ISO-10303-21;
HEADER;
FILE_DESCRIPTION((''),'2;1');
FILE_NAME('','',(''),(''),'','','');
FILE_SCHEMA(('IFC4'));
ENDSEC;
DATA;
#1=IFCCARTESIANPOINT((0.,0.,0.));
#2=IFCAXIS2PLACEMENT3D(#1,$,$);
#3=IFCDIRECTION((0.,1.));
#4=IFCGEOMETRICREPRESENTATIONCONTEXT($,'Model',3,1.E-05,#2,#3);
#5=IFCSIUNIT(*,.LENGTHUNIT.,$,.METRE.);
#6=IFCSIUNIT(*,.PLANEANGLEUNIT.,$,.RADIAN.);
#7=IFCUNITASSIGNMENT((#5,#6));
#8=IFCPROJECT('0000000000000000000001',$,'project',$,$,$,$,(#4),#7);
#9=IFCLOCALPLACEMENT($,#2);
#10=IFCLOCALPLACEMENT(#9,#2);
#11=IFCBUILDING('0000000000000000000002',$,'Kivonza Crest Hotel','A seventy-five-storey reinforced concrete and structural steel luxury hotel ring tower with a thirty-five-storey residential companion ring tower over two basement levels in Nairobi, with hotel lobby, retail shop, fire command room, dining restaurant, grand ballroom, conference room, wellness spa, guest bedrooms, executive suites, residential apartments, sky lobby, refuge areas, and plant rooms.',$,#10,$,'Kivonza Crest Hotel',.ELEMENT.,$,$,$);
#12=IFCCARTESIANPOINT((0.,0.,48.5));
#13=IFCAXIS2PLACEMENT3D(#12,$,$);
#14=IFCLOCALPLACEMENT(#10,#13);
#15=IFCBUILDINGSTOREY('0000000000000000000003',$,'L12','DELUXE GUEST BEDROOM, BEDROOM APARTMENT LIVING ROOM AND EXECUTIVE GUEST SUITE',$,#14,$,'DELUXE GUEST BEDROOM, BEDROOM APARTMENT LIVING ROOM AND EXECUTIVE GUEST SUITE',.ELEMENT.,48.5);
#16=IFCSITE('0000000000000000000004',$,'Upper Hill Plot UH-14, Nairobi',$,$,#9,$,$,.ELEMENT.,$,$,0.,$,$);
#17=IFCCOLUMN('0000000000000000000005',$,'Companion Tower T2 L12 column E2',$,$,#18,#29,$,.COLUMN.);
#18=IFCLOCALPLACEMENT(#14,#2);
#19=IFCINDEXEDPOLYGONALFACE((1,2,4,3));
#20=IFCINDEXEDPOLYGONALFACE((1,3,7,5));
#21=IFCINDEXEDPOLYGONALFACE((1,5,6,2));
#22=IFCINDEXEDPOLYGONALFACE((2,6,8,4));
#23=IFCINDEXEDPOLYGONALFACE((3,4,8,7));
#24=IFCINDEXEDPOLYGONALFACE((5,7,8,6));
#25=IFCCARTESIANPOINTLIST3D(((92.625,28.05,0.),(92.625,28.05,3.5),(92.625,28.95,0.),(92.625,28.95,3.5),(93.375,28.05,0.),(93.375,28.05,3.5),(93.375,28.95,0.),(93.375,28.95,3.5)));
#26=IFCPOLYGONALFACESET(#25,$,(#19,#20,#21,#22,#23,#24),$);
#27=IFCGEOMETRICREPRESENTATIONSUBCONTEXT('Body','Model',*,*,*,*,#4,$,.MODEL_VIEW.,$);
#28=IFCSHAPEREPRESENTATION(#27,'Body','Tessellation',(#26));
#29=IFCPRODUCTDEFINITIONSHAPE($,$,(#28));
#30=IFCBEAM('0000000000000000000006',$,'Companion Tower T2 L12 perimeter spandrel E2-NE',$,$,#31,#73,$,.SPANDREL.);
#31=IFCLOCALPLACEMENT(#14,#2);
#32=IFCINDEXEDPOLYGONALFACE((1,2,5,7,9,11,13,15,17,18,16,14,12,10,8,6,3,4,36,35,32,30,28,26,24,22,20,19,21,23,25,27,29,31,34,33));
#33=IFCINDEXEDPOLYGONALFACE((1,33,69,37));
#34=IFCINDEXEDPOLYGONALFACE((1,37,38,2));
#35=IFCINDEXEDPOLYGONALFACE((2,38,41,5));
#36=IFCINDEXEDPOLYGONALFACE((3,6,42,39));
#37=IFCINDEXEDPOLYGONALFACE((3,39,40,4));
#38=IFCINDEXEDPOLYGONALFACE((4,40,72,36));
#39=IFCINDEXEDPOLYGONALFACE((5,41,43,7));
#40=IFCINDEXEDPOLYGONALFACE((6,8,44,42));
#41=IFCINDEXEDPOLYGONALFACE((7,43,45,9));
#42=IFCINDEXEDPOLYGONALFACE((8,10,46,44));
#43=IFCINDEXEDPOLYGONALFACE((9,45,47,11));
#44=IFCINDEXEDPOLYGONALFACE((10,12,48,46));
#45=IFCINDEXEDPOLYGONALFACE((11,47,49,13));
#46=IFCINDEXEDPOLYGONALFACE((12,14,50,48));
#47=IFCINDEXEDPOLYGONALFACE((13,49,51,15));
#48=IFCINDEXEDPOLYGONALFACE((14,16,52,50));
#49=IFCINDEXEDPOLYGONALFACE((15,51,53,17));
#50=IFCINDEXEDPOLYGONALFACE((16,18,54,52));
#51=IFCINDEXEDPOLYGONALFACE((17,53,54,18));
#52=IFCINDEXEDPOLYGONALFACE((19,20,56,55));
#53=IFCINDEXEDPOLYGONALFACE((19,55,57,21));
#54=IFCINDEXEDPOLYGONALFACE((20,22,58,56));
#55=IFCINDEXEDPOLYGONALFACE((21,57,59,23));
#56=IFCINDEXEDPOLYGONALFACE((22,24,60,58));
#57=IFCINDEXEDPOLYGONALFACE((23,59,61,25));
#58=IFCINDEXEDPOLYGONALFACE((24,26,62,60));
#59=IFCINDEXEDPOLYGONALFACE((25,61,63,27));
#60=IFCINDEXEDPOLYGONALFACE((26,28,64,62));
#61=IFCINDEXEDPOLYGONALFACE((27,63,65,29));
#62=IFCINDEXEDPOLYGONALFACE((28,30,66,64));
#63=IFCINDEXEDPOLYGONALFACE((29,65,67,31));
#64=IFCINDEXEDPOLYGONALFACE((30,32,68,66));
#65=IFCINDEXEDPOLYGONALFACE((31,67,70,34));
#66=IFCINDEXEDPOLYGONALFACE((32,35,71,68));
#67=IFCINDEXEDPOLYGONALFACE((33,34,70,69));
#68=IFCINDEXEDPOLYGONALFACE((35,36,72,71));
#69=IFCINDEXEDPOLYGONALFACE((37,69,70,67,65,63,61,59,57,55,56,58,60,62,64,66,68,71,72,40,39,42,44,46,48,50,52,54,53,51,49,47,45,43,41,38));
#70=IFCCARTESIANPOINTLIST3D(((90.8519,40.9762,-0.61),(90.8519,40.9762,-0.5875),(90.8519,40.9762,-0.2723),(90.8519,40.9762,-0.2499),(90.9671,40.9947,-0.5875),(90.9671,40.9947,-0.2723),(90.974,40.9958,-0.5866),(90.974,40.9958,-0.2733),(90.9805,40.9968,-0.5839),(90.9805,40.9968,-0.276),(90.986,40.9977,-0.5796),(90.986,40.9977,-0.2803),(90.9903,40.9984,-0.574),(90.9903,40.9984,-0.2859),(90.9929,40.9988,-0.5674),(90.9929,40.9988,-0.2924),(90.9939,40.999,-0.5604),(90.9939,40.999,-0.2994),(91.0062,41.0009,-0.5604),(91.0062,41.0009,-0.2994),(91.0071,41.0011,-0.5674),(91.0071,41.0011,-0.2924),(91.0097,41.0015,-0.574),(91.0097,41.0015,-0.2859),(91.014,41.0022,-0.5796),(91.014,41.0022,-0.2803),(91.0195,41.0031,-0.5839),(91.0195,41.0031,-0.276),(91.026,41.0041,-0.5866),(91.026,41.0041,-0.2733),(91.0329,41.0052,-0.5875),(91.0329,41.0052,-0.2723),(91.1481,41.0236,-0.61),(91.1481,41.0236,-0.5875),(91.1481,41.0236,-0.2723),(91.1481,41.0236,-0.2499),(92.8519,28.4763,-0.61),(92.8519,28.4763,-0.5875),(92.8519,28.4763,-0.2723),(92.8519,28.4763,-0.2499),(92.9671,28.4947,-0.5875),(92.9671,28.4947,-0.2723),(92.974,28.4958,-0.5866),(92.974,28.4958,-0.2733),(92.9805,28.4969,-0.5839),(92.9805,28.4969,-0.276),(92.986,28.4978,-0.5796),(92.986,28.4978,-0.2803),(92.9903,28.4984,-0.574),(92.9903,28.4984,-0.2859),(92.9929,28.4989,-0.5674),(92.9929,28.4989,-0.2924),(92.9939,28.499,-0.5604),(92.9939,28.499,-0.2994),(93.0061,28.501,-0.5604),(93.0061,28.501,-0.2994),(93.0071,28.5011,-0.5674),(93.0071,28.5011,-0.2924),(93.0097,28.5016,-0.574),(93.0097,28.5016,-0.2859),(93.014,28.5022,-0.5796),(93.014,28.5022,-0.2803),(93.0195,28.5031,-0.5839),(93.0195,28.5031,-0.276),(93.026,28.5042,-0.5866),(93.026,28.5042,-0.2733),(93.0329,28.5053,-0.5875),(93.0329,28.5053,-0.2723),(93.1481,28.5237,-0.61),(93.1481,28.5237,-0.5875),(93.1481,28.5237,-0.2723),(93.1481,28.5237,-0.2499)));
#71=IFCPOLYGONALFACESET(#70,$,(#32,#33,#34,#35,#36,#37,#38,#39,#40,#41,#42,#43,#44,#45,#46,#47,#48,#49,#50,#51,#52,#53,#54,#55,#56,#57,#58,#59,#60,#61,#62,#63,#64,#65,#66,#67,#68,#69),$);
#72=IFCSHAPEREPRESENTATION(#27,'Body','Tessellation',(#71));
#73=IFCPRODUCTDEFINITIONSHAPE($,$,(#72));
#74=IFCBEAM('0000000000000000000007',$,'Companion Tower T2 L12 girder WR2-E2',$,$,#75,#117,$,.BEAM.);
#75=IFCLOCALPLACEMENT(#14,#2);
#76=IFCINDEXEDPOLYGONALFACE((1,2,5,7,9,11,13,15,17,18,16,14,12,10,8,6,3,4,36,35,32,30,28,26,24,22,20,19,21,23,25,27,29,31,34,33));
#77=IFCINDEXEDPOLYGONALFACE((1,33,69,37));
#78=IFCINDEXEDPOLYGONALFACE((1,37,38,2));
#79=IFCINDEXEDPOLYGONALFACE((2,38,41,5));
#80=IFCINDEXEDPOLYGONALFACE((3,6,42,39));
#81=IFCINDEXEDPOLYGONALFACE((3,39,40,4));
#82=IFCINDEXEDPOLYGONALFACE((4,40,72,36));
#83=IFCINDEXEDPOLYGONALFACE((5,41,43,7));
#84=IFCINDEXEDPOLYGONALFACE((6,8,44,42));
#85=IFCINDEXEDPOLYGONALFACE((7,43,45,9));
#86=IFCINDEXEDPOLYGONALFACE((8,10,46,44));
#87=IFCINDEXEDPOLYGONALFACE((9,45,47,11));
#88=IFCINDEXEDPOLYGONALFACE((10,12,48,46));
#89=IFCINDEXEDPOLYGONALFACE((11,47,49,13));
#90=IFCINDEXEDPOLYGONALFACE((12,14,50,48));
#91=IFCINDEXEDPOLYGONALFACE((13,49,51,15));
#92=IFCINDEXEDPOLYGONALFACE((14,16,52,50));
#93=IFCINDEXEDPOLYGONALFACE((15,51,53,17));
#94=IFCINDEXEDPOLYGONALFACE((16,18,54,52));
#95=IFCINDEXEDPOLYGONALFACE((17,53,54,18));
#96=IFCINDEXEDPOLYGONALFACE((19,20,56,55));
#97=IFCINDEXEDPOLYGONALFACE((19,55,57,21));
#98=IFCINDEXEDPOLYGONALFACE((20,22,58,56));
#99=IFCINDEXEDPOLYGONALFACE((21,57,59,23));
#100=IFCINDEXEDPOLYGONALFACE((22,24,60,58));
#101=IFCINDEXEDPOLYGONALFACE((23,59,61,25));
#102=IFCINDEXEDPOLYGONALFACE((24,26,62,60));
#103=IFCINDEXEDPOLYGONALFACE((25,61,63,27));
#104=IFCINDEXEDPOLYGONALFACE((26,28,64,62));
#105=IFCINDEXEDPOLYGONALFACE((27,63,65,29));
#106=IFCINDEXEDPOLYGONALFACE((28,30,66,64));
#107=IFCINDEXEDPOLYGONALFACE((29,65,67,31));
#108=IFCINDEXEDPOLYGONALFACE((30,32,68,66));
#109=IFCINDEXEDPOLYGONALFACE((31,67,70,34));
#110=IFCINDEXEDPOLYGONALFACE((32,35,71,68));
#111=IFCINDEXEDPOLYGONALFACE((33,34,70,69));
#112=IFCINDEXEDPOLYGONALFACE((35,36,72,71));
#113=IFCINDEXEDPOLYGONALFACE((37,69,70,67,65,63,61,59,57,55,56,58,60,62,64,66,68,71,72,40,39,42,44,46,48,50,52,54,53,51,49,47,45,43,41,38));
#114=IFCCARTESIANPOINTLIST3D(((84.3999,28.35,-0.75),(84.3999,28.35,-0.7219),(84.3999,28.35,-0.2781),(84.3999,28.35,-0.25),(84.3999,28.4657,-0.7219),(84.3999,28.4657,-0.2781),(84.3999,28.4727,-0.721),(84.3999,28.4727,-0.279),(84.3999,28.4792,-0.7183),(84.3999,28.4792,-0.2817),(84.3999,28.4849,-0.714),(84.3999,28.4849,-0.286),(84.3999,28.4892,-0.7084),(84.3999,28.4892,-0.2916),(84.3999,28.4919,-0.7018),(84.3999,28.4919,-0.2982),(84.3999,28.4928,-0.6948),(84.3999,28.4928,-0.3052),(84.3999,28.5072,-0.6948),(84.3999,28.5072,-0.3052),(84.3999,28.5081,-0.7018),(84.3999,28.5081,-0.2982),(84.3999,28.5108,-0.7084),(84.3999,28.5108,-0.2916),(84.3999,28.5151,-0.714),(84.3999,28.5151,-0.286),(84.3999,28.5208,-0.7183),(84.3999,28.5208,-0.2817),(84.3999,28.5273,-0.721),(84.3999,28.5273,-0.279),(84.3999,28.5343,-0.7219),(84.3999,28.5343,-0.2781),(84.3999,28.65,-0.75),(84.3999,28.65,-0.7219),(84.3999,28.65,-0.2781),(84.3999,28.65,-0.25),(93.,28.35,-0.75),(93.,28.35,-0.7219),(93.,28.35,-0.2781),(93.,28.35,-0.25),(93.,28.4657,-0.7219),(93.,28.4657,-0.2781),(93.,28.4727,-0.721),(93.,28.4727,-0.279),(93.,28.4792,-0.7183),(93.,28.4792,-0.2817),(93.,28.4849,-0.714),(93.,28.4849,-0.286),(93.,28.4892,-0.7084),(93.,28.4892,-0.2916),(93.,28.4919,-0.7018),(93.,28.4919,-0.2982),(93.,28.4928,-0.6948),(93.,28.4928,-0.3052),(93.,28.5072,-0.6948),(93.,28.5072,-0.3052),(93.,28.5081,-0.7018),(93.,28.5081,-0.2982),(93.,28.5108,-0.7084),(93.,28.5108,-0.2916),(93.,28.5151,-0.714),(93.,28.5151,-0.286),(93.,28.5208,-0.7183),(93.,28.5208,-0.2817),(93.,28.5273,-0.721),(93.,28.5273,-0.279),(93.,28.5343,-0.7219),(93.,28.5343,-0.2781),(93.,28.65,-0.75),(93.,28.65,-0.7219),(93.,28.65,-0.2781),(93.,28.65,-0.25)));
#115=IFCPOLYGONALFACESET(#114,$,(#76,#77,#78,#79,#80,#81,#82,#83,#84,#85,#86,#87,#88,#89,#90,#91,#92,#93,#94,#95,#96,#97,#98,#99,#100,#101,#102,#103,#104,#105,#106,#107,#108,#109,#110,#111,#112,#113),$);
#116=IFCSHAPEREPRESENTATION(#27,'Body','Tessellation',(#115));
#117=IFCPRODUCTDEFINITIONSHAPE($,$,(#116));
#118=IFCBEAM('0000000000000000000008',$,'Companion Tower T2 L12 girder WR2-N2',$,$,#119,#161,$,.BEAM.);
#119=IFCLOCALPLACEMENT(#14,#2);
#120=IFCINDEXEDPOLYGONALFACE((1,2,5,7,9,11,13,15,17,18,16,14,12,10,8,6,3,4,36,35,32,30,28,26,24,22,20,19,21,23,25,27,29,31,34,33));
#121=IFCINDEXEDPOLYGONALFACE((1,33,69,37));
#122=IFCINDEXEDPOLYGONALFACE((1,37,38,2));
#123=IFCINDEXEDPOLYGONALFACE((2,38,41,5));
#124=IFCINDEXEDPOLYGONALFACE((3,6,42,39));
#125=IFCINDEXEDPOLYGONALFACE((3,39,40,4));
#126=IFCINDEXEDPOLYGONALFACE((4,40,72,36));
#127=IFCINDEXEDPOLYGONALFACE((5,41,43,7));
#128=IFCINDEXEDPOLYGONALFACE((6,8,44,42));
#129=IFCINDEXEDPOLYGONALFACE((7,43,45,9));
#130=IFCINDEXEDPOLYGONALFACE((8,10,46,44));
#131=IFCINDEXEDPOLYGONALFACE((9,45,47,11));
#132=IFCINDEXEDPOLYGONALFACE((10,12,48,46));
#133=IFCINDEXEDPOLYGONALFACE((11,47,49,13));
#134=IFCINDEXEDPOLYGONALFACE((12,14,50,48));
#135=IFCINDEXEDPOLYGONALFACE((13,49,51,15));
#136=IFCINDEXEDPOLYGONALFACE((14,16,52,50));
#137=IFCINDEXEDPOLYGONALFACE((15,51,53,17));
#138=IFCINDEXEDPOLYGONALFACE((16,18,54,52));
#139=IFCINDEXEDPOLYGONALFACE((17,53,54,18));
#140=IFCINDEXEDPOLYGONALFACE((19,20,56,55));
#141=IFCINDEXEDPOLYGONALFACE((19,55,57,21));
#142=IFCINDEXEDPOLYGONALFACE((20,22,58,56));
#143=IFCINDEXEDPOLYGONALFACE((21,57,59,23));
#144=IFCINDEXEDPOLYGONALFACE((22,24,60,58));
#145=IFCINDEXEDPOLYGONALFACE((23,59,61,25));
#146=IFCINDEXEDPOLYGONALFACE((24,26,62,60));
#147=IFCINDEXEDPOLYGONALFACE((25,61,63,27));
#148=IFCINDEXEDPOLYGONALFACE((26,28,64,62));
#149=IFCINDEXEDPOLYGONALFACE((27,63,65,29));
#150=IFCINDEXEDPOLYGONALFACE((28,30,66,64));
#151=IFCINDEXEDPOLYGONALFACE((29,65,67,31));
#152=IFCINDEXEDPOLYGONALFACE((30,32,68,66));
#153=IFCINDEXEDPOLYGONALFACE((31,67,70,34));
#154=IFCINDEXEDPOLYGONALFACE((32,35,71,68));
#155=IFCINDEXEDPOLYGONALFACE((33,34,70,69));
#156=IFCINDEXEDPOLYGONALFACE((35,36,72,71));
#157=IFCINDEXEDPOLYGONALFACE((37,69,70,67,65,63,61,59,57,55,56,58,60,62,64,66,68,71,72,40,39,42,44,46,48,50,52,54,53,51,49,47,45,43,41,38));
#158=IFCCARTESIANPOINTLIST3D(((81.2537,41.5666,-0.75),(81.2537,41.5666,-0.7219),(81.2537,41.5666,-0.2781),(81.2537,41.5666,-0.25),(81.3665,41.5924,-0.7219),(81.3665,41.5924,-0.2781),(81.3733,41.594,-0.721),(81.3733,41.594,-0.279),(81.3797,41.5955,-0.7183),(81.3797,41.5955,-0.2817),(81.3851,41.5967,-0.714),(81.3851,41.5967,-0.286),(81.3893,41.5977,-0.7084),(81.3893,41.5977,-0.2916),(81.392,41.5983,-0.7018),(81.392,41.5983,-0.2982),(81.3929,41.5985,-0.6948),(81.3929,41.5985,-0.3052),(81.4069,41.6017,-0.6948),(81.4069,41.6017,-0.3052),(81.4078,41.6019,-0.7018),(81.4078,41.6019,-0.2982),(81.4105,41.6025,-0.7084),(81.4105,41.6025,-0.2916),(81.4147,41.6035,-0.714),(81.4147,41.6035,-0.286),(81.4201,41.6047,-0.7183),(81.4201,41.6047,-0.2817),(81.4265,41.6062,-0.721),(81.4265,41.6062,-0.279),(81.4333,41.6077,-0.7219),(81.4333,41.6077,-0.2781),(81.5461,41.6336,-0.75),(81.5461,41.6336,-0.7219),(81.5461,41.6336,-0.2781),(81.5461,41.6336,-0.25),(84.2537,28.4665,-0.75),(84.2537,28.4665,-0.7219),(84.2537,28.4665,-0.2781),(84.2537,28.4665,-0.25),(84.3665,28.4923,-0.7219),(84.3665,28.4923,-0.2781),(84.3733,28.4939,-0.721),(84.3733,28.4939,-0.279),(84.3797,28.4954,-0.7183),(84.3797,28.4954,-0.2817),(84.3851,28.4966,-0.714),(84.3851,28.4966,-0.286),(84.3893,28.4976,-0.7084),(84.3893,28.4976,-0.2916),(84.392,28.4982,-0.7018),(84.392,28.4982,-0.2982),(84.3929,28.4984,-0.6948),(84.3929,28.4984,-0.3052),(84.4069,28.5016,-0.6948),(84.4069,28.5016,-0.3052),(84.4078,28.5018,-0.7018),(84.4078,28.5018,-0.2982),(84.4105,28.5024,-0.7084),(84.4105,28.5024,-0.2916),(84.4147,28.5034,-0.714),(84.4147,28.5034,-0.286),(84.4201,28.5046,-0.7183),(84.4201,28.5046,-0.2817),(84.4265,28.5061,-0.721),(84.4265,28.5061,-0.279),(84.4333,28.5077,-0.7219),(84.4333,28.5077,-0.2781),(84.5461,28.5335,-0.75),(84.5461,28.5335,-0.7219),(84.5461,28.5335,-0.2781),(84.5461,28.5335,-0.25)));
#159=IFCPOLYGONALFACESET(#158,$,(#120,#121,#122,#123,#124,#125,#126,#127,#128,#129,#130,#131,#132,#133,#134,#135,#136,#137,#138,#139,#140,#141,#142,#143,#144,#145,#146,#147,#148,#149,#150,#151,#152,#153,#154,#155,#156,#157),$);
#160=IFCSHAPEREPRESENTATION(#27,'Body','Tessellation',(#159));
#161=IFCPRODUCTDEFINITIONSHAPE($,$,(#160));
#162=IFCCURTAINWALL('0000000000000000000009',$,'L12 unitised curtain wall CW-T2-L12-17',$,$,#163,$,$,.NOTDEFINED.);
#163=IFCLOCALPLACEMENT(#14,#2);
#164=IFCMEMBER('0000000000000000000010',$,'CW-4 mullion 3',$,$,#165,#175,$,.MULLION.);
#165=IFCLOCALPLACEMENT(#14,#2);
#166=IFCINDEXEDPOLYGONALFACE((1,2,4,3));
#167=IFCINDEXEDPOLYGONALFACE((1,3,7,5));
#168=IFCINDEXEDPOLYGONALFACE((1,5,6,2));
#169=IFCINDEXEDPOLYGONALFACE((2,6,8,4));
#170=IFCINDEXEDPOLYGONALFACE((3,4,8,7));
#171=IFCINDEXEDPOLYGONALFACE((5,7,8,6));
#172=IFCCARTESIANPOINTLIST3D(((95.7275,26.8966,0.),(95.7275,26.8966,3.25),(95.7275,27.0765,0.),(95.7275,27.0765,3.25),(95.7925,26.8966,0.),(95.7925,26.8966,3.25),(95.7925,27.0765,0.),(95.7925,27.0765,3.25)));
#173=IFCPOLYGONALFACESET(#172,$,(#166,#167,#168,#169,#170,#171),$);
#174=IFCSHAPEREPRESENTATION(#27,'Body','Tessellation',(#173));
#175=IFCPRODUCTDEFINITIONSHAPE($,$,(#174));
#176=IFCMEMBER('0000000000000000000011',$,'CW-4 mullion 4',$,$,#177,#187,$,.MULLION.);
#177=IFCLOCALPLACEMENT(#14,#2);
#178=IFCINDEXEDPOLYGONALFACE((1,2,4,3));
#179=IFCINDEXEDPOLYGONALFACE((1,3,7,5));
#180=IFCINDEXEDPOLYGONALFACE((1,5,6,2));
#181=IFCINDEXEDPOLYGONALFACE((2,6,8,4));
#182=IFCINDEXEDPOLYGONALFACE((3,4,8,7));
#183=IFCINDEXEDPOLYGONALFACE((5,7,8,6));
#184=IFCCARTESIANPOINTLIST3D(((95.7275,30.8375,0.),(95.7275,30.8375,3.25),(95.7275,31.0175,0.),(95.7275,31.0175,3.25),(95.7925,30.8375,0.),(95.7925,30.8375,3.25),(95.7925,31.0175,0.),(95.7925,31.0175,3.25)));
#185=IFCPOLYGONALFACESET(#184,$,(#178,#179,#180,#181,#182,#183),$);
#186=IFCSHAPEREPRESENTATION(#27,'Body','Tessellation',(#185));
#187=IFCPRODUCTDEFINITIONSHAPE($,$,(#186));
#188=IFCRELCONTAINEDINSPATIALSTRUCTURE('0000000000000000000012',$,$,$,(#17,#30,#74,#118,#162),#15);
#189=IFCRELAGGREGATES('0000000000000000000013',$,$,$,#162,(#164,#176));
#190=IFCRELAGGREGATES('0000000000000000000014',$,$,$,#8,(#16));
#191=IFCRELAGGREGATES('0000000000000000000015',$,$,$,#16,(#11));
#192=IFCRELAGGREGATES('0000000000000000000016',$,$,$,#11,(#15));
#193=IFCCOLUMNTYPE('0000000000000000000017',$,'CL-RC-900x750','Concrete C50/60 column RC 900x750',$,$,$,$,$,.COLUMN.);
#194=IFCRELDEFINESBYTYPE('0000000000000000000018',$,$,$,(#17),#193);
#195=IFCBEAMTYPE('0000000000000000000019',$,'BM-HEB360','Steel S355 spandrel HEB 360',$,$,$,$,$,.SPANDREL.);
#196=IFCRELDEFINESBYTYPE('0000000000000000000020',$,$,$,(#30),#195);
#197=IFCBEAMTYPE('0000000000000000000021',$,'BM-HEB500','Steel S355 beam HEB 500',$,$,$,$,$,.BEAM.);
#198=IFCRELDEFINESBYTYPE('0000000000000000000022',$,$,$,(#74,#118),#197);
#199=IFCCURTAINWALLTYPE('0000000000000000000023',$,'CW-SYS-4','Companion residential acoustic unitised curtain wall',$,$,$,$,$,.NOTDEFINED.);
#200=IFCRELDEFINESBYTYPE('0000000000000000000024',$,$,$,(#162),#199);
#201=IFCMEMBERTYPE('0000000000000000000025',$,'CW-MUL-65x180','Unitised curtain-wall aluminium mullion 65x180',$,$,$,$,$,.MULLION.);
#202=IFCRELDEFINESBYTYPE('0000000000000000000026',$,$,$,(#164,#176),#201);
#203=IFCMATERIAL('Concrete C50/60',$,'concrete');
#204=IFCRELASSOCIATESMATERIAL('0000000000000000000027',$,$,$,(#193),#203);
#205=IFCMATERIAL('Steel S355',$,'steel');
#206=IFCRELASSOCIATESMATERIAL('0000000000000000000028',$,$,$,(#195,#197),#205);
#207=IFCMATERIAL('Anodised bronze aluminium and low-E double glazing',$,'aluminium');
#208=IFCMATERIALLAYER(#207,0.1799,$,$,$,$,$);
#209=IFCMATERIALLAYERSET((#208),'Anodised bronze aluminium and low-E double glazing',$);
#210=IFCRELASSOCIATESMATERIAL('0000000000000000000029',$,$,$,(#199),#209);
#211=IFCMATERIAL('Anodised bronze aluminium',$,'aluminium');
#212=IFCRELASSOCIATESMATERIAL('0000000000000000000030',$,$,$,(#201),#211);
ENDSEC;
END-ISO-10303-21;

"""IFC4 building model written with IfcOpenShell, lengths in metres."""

from ifc_helpers import new_model, si_unit, direction, frame, origin, origin_2d, place, context, subcontext, project, spatial, rectangle, i_section, extrude, material, layer, layer_set, material_profile, profile_set, type_object, element, aggregate, save


model = new_model("IFC4")

# Units and contexts
model_context = context("Model", 3, precision=1e-05, world=origin(), true_north=direction((0.0, 1.0)))
body_context = subcontext(model_context, "Body", "Model", "MODEL_VIEW")
ifc_project = project(units=[si_unit("LENGTHUNIT", "METRE"), si_unit("PLANEANGLEUNIT", "RADIAN")], contexts=[model_context])

# Site, building, storey
site_placement = place(None, origin())
site = spatial("IfcSite", under=ifc_project, at=site_placement, Name="Upper Hill Plot UH-14, Nairobi", CompositionType="ELEMENT", RefElevation=0.0)
building_placement = place(site_placement, origin())
building = spatial("IfcBuilding", under=site, at=building_placement, Name="Kivonza Crest Hotel", Description="A seventy-five-storey reinforced concrete and structural steel luxury hotel ring tower with a thirty-five-storey residential companion ring tower over two basement levels in Nairobi, with hotel lobby, retail shop, fire command room, dining restaurant, grand ballroom, conference room, wellness spa, guest bedrooms, executive suites, residential apartments, sky lobby, refuge areas, and plant rooms.", LongName="Kivonza Crest Hotel", CompositionType="ELEMENT")
storey_placement = place(building_placement, frame((0.0, 0.0, 48.5)))
storey = spatial("IfcBuildingStorey", under=building, at=storey_placement, Name="L12", Description="DELUXE GUEST BEDROOM, BEDROOM APARTMENT LIVING ROOM AND EXECUTIVE GUEST SUITE", LongName="DELUXE GUEST BEDROOM, BEDROOM APARTMENT LIVING ROOM AND EXECUTIVE GUEST SUITE", CompositionType="ELEMENT", Elevation=48.5)

# Column
ifc_material_1 = material(Name="Concrete C50/60", Category="concrete")
ifc_material_profile_1 = material_profile(ifc_material_1, rectangle(XDim=0.75, YDim=0.8999, at=origin_2d()), Name="RC 900x750")
ifc_profile_set_1 = profile_set([ifc_material_profile_1], Name="Concrete C50/60")
column_type = type_object("IfcColumnType", Name="CL-RC-900x750", Description="Concrete C50/60 column RC 900x750", PredefinedType="COLUMN", material=ifc_profile_set_1)
column_placement = place(storey_placement, frame((93.0, 28.5, 0.0), z_axis=(0.0, 0.0, 1.0), x_axis=(1.0, 0.0, 0.0)))
element("IfcColumn", 1, at=column_placement, inside=storey, type_object=column_type, Name="Companion Tower T2 L12 column E2", PredefinedType="COLUMN", context=body_context, shape_type="SweptSolid", body=[
    extrude(rectangle(XDim=0.75, YDim=0.8999, at=origin_2d()), origin(), (0.0, 0.0, 1.0), 3.5),
])

# Beams
ifc_material_2 = material(Name="Steel S355", Category="steel")
ifc_material_profile_2 = material_profile(ifc_material_2, i_section(OverallWidth=0.3, OverallDepth=0.3601, WebThickness=0.0125, FlangeThickness=0.0225, FilletRadius=0.0271, at=origin_2d()), Name="HEB 360")
ifc_profile_set_2 = profile_set([ifc_material_profile_2], Name="Steel S355")
beam_type_1 = type_object("IfcBeamType", Name="BM-HEB360", Description="Steel S355 spandrel HEB 360", PredefinedType="SPANDREL", material=ifc_profile_set_2)
beam_1_placement = place(storey_placement, frame((93.0, 28.5, -0.4299), z_axis=(-0.157991, 0.987441, 0.0), x_axis=(-0.987441, -0.157991, 0.0)))
element("IfcBeam", 2, at=beam_1_placement, inside=storey, type_object=beam_type_1, Name="Companion Tower T2 L12 perimeter spandrel E2-NE", PredefinedType="SPANDREL", context=body_context, shape_type="SweptSolid", body=[
    extrude(i_section(OverallWidth=0.3, OverallDepth=0.3601, WebThickness=0.0125, FlangeThickness=0.0225, FilletRadius=0.0271, at=origin_2d()), origin(), (0.0, 0.0, 1.0), 12.6589),
])
ifc_material_profile_3 = material_profile(ifc_material_2, i_section(OverallWidth=0.3, OverallDepth=0.5, WebThickness=0.0144, FlangeThickness=0.0281, FilletRadius=0.0271, at=origin_2d()), Name="HEB 500")
ifc_profile_set_3 = profile_set([ifc_material_profile_3], Name="Steel S355")
beam_type_2 = type_object("IfcBeamType", Name="BM-HEB500", Description="Steel S355 beam HEB 500", PredefinedType="BEAM", material=ifc_profile_set_3)
beam_2_placement = place(storey_placement, frame((84.3999, 28.5, -0.5), z_axis=(1.0, 0.0, 0.0), x_axis=(0.0, 1.0, 0.0)))
element("IfcBeam", 3, at=beam_2_placement, inside=storey, type_object=beam_type_2, Name="Companion Tower T2 L12 girder WR2-E2", PredefinedType="BEAM", context=body_context, shape_type="SweptSolid", body=[
    extrude(i_section(OverallWidth=0.3, OverallDepth=0.5, WebThickness=0.0144, FlangeThickness=0.0281, FilletRadius=0.0271, at=origin_2d()), origin(), (0.0, 0.0, 1.0), 8.6001),
])
beam_3_placement = place(storey_placement, frame((84.3999, 28.5, -0.5), z_axis=(-0.223227, 0.974766, 0.0), x_axis=(-0.974766, -0.223227, 0.0)))
element("IfcBeam", 4, at=beam_3_placement, inside=storey, type_object=beam_type_2, Name="Companion Tower T2 L12 girder WR2-N2", PredefinedType="BEAM", context=body_context, shape_type="SweptSolid", body=[
    extrude(i_section(OverallWidth=0.3, OverallDepth=0.5, WebThickness=0.0144, FlangeThickness=0.0281, FilletRadius=0.0271, at=origin_2d()), origin(), (0.0, 0.0, 1.0), 13.4392),
])

# Curtain wall, members
ifc_material_3 = material(Name="Anodised bronze aluminium and low-E double glazing", Category="aluminium")
ifc_layer_1 = layer(ifc_material_3, 0.1799)
ifc_layer_set_1 = layer_set([ifc_layer_1], Name="Anodised bronze aluminium and low-E double glazing")
curtain_wall_type = type_object("IfcCurtainWallType", Name="CW-SYS-4", Description="Companion residential acoustic unitised curtain wall", PredefinedType="NOTDEFINED", material=ifc_layer_set_1)
curtain_wall_placement = place(storey_placement, origin())
curtain_wall = element("IfcCurtainWall", 5, at=curtain_wall_placement, inside=storey, type_object=curtain_wall_type, Name="L12 unitised curtain wall CW-T2-L12-17", PredefinedType="NOTDEFINED")
ifc_material_4 = material(Name="Anodised bronze aluminium", Category="aluminium")
ifc_material_profile_4 = material_profile(ifc_material_4, rectangle(XDim=0.0649, YDim=0.1799, at=origin_2d()), Name="CW-M 65x180")
ifc_profile_set_4 = profile_set([ifc_material_profile_4], Name="Anodised bronze aluminium")
member_type_1 = type_object("IfcMemberType", Name="CW-MUL-65x180", Description="Unitised curtain-wall aluminium mullion 65x180", PredefinedType="MULLION", material=ifc_profile_set_4)
member_1_placement = place(storey_placement, frame((95.76, 26.9866, 0.0), z_axis=(0.0, 0.0, 1.0), x_axis=(-1.0, 0.0, 0.0)))
member_1 = element("IfcMember", 6, at=member_1_placement, type_object=member_type_1, Name="CW-4 mullion 3", PredefinedType="MULLION", context=body_context, shape_type="SweptSolid", body=[
    extrude(rectangle(XDim=0.0649, YDim=0.1799, at=origin_2d()), origin(), (0.0, 0.0, 1.0), 3.25),
])
member_2_placement = place(storey_placement, frame((95.76, 30.9275, 0.0), z_axis=(0.0, 0.0, 1.0), x_axis=(-1.0, 0.0, 0.0)))
member_2 = element("IfcMember", 7, at=member_2_placement, type_object=member_type_1, Name="CW-4 mullion 4", PredefinedType="MULLION", context=body_context, shape_type="SweptSolid", body=[
    extrude(rectangle(XDim=0.0649, YDim=0.1799, at=origin_2d()), origin(), (0.0, 0.0, 1.0), 3.25),
])
aggregate(curtain_wall, [member_1, member_2])

save(model, "model.ifc")
